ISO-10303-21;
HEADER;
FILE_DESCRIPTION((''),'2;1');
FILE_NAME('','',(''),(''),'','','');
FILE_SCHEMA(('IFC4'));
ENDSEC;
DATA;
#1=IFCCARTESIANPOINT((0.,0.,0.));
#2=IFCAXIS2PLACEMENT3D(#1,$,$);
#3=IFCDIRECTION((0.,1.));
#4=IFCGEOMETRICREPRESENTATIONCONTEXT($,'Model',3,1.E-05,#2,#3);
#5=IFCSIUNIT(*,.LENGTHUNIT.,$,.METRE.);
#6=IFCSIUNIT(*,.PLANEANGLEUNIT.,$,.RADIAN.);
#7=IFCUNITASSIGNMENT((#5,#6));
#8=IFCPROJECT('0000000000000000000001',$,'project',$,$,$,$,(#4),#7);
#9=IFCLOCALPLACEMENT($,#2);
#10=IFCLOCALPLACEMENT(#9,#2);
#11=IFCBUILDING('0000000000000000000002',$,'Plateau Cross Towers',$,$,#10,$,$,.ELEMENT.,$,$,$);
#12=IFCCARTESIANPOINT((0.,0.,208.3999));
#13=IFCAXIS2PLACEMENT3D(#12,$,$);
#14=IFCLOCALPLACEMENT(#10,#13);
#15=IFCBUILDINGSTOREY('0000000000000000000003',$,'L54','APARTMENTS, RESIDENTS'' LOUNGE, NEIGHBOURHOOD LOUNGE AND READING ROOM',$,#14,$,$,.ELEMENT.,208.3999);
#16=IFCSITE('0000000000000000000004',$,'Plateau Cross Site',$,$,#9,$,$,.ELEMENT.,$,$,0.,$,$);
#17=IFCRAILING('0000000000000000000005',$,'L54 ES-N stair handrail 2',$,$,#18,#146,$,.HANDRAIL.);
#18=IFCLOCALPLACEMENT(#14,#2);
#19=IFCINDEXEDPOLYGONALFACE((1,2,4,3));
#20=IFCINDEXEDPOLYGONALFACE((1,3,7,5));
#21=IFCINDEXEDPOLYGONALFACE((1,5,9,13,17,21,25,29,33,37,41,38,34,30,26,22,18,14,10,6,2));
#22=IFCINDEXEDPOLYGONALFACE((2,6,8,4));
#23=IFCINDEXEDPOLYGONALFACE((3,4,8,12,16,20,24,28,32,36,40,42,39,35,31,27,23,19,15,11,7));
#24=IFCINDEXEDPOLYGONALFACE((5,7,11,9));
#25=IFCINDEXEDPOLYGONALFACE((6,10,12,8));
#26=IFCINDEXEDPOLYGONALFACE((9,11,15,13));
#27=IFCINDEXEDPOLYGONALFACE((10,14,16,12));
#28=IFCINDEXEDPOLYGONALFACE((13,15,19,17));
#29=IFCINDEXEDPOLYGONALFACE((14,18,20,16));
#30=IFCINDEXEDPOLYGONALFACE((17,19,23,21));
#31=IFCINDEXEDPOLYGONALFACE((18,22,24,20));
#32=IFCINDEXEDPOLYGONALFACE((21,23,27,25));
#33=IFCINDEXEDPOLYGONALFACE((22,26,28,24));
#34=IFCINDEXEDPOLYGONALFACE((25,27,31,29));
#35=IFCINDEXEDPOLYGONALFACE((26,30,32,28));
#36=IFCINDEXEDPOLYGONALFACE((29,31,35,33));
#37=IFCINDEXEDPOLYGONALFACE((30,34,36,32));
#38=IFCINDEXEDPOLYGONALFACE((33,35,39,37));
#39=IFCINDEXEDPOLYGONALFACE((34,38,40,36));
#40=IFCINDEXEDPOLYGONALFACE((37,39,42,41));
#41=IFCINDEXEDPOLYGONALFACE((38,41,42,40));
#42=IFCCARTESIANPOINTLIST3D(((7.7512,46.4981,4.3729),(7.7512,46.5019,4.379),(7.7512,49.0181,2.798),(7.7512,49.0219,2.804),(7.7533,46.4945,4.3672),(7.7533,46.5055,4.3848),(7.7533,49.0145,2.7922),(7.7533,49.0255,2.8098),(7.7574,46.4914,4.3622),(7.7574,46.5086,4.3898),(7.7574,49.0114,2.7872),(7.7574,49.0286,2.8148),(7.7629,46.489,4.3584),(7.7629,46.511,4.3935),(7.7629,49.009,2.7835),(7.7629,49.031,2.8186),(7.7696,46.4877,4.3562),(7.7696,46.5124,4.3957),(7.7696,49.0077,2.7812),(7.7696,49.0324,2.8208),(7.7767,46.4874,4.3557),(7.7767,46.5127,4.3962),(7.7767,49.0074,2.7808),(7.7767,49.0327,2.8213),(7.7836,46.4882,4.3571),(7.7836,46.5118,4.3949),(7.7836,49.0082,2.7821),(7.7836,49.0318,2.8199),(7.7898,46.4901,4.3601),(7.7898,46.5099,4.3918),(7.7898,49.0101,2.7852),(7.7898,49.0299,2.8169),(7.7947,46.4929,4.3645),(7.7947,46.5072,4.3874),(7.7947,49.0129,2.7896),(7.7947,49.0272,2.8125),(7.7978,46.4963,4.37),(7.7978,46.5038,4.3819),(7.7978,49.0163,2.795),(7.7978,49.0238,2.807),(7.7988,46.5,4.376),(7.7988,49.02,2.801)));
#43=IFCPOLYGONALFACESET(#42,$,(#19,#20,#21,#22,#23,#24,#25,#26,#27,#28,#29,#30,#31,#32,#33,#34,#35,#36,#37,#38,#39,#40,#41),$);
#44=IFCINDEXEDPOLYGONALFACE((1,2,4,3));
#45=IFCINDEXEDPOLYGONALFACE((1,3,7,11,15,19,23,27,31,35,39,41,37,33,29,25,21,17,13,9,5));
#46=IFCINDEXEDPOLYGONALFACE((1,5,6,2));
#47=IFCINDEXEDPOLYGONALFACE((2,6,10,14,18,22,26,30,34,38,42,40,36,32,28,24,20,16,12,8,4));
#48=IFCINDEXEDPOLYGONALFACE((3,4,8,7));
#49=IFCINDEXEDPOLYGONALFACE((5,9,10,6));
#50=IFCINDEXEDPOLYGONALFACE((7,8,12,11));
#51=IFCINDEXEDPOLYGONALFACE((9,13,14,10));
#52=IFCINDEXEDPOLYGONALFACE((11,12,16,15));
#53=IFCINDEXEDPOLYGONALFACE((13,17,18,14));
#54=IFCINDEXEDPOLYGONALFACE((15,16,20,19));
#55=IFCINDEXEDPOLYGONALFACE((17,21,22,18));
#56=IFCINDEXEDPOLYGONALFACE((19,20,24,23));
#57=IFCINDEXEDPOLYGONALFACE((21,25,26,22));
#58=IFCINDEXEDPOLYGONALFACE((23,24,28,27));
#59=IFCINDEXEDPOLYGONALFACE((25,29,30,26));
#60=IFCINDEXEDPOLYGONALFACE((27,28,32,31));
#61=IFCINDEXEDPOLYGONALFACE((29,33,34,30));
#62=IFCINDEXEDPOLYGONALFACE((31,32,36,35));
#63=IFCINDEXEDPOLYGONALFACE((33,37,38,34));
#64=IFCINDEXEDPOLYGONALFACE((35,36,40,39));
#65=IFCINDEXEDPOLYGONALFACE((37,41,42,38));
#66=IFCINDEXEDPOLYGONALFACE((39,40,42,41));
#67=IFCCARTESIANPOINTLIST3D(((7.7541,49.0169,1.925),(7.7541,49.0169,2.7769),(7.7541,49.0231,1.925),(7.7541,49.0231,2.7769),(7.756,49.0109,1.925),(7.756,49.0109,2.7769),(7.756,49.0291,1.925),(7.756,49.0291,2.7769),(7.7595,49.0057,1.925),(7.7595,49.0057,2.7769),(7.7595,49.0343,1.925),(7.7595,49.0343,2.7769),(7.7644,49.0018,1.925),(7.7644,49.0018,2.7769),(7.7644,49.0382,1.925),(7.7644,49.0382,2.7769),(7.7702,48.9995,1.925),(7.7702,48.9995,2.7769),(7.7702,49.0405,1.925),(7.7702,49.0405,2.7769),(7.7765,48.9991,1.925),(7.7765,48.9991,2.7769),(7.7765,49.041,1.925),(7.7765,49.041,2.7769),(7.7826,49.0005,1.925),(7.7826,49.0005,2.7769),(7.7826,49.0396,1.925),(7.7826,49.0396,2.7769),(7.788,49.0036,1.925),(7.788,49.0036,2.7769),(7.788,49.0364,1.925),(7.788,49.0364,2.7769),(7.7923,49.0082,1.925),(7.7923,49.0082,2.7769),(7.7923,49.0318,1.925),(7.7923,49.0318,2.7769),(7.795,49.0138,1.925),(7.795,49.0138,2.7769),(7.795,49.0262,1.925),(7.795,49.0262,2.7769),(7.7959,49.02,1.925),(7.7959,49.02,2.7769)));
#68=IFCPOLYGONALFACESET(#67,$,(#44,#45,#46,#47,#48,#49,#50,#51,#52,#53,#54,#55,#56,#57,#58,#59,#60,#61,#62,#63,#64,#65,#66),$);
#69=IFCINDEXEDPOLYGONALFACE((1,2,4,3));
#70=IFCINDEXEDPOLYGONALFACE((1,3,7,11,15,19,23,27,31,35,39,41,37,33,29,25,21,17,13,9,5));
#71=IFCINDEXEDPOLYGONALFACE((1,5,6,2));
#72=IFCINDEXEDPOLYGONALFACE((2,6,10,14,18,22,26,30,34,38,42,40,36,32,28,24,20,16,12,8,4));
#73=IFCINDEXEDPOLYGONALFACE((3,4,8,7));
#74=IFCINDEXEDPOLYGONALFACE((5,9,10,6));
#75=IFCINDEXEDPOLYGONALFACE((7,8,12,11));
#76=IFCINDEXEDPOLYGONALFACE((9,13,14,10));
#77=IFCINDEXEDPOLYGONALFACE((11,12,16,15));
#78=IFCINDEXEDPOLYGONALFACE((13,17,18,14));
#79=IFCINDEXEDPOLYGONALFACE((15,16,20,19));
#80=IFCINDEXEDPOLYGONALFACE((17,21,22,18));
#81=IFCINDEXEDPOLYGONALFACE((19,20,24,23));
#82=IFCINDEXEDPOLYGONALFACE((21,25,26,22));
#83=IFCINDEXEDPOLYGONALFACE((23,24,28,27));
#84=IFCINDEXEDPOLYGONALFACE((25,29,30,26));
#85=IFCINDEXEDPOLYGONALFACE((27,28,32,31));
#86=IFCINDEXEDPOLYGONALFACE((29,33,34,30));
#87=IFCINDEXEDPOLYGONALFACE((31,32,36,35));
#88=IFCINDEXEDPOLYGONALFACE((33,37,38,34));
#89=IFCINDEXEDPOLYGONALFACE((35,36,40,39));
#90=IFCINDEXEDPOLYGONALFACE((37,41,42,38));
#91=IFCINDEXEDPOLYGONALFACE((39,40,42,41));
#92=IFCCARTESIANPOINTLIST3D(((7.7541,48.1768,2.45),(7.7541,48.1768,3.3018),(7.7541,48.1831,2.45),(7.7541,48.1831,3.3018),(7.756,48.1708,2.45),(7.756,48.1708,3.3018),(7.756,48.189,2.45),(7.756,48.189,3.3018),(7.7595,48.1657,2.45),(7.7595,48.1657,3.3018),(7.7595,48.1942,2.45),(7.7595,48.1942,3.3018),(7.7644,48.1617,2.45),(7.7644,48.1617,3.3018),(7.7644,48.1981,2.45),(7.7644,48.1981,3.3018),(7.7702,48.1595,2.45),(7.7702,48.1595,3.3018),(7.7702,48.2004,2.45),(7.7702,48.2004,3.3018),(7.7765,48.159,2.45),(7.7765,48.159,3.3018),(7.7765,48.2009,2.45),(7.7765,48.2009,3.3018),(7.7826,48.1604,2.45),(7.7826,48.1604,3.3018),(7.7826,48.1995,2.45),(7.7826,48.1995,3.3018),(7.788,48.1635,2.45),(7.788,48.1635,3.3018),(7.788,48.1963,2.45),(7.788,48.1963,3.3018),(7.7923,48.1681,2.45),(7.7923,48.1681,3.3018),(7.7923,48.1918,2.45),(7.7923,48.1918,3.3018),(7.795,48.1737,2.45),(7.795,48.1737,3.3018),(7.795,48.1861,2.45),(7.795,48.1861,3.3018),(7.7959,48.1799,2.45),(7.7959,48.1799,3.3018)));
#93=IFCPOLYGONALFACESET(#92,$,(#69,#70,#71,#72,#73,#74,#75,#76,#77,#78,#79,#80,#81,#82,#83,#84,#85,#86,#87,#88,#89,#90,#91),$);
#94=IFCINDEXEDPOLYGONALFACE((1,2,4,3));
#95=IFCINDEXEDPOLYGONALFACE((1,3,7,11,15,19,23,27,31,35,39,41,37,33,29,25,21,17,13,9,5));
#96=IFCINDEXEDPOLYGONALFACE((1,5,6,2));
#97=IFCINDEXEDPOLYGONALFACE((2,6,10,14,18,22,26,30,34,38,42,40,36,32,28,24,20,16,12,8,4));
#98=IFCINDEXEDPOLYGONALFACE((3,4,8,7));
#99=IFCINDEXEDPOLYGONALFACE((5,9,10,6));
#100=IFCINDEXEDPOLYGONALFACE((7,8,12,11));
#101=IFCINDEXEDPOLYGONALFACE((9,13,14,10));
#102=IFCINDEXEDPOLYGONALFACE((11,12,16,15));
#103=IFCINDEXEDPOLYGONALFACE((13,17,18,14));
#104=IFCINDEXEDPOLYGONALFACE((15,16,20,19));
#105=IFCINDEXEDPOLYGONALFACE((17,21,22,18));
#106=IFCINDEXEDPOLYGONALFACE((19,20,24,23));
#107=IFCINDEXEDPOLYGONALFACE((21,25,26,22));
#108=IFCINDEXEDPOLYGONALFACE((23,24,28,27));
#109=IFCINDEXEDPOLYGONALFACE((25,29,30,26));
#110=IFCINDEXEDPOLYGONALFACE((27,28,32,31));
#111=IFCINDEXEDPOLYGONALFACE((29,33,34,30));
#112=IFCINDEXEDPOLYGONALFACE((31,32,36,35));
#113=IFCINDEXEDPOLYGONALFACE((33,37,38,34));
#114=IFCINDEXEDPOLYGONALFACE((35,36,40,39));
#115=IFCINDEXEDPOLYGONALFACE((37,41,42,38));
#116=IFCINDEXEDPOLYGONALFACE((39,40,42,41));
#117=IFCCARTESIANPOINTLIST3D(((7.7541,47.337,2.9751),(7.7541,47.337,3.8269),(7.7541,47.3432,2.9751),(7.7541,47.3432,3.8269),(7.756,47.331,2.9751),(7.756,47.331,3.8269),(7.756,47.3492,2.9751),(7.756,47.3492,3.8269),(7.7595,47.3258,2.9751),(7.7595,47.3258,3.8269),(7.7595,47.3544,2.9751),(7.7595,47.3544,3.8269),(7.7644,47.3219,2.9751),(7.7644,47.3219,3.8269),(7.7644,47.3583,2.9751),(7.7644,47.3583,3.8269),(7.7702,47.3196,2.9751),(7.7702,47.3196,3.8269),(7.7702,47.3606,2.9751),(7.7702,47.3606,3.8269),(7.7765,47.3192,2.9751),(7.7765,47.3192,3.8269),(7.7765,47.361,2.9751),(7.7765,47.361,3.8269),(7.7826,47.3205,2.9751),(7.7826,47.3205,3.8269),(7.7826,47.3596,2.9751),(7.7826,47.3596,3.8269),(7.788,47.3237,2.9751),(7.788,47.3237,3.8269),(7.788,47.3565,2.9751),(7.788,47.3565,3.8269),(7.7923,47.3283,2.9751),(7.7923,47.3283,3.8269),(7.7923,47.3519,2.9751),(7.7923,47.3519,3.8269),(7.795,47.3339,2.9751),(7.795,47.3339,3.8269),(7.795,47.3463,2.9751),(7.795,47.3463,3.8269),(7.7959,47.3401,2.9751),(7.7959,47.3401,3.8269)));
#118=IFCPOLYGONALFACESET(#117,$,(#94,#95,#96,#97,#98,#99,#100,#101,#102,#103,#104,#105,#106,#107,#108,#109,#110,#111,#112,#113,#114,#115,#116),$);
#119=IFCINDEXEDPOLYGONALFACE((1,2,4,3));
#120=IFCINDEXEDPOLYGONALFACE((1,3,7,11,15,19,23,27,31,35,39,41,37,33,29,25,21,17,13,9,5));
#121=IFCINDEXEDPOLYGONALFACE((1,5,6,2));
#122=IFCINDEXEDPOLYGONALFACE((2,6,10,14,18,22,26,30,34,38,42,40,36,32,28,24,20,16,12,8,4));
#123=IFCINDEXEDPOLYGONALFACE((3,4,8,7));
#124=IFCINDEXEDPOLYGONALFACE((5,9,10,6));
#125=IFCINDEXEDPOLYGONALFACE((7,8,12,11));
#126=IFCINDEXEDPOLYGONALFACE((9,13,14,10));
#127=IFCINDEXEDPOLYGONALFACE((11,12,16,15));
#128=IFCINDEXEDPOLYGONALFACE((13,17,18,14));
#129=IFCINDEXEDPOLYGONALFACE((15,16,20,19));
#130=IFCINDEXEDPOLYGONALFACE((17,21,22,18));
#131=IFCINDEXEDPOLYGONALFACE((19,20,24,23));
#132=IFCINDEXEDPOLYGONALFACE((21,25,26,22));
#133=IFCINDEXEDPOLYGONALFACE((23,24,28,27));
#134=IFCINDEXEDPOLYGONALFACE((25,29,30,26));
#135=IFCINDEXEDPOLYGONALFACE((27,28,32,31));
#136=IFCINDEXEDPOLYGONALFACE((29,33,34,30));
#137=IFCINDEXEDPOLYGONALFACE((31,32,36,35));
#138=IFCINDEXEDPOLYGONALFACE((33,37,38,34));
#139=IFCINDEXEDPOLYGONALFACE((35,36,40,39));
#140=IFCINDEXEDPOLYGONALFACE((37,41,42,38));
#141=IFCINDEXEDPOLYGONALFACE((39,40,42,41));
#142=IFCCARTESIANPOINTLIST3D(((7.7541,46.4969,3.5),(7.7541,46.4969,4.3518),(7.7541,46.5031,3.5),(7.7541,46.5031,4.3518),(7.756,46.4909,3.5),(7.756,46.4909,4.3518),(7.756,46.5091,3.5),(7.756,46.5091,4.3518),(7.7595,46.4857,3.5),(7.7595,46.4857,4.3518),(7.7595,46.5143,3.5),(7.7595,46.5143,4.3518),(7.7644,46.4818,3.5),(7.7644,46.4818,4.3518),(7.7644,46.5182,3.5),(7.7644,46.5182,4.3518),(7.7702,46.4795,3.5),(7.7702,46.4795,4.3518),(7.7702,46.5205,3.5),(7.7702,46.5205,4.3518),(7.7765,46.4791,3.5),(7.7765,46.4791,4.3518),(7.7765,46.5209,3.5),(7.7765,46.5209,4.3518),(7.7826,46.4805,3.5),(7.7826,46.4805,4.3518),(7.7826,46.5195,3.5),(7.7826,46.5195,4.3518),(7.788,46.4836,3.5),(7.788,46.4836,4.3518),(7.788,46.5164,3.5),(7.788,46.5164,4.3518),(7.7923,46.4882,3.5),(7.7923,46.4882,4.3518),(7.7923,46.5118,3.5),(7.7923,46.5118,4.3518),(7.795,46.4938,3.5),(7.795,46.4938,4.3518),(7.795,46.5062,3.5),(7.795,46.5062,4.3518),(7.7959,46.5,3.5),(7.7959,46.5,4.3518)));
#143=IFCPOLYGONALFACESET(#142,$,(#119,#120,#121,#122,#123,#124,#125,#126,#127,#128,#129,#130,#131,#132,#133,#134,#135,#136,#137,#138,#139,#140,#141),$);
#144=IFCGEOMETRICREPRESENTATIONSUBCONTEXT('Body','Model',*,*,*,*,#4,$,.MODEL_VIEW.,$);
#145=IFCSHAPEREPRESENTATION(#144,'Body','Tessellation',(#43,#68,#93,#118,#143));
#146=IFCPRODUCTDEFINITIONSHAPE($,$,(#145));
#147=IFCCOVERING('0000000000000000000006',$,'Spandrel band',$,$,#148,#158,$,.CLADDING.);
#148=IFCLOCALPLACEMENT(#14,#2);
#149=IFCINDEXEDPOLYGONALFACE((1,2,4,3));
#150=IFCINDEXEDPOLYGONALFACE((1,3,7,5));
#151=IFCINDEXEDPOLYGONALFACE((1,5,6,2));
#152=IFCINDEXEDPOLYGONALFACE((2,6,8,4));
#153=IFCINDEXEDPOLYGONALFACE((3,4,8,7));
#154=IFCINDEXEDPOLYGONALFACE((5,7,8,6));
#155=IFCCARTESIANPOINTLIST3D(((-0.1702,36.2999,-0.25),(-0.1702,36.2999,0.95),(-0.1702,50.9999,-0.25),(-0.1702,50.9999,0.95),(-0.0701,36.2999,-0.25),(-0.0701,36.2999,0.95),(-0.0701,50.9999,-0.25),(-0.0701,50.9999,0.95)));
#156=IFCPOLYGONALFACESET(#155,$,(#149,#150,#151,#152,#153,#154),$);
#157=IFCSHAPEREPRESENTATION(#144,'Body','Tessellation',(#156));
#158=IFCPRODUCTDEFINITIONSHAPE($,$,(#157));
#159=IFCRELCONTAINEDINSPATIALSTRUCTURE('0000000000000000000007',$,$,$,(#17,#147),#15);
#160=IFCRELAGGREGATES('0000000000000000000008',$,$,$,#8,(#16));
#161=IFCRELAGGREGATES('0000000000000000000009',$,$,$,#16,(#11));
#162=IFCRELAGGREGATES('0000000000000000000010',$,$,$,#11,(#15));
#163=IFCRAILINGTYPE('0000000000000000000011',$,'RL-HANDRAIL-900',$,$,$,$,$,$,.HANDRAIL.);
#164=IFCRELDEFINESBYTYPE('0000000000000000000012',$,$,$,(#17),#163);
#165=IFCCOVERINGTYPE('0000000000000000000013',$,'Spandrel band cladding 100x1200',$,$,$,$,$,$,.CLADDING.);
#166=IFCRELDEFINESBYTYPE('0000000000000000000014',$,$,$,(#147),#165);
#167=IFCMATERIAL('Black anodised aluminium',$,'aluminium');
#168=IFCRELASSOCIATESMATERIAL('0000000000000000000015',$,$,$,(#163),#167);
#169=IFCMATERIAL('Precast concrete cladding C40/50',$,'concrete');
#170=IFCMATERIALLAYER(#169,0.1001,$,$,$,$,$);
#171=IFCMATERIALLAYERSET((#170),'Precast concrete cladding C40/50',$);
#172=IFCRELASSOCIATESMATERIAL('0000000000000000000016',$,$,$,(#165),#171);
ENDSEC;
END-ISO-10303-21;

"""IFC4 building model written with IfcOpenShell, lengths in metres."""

from ifc_helpers import new_model, si_unit, direction, frame, origin, origin_2d, place, context, subcontext, project, spatial, rectangle, circle, extrude, material, layer, layer_set, type_object, element, save


model = new_model("IFC4")

# Units and contexts
model_context = context("Model", 3, precision=1e-05, world=origin(), true_north=direction((0.0, 1.0)))
body_context = subcontext(model_context, "Body", "Model", "MODEL_VIEW")
ifc_project = project(units=[si_unit("LENGTHUNIT", "METRE"), si_unit("PLANEANGLEUNIT", "RADIAN")], contexts=[model_context])

# Site, building, storey
site_placement = place(None, origin())
site = spatial("IfcSite", under=ifc_project, at=site_placement, Name="Plateau Cross Site", CompositionType="ELEMENT", RefElevation=0.0)
building_placement = place(site_placement, origin())
building = spatial("IfcBuilding", under=site, at=building_placement, Name="Plateau Cross Towers", CompositionType="ELEMENT")
storey_placement = place(building_placement, frame((0.0, 0.0, 208.3999)))
storey = spatial("IfcBuildingStorey", under=building, at=storey_placement, Name="L54", Description="APARTMENTS, RESIDENTS' LOUNGE, NEIGHBOURHOOD LOUNGE AND READING ROOM", CompositionType="ELEMENT", Elevation=208.3999)

# Shared definitions
ifc_material_1 = material(Name="Black anodised aluminium", Category="aluminium")

# Railing
railing_type_1 = type_object("IfcRailingType", Name="RL-HANDRAIL-900", PredefinedType="HANDRAIL", material=ifc_material_1)
railing_1_placement = place(storey_placement, frame((7.7749, 49.02, 1.925)))
element("IfcRailing", 1, at=railing_1_placement, inside=storey, type_object=railing_type_1, Name="L54 ES-N stair handrail 2", PredefinedType="HANDRAIL", context=body_context, shape_type="SweptSolid", body=[
    extrude(circle(Radius=0.0239, at=origin_2d()), frame((0.0, 0.0, 0.876), z_axis=(0.0, -0.848008, 0.529984), x_axis=(1.0, 0.0, 0.0)), (0.0, 0.0, 1.0), 2.9717),
    extrude(circle(Radius=0.021, at=origin_2d()), origin(), (0.0, 0.0, 1.0), 0.8518),
    extrude(circle(Radius=0.021, at=origin_2d()), frame((0.0, -0.8401, 0.5249)), (0.0, 0.0, 1.0), 0.8518),
    extrude(circle(Radius=0.021, at=origin_2d()), frame((0.0, -1.6799, 1.05)), (0.0, 0.0, 1.0), 0.8518),
    extrude(circle(Radius=0.021, at=origin_2d()), frame((0.0, -2.52, 1.575)), (0.0, 0.0, 1.0), 0.8518),
])

# Covering
ifc_material_2 = material(Name="Precast concrete cladding C40/50", Category="concrete")
ifc_layer_1 = layer(ifc_material_2, 0.1001)
ifc_layer_set_1 = layer_set([ifc_layer_1], Name="Precast concrete cladding C40/50")
covering_type = type_object("IfcCoveringType", Name="Spandrel band cladding 100x1200", PredefinedType="CLADDING", material=ifc_layer_set_1)
covering_placement = place(storey_placement, frame((-0.1201, 43.6499, -0.25), z_axis=(0.0, 0.0, 1.0), x_axis=(0.0, -1.0, 0.0)))
element("IfcCovering", 2, at=covering_placement, inside=storey, type_object=covering_type, Name="Spandrel band", PredefinedType="CLADDING", context=body_context, shape_type="SweptSolid", body=[
    extrude(rectangle(XDim=14.7, YDim=0.1001, at=origin_2d()), origin(), (0.0, 0.0, 1.0), 1.2),
])

save(model, "model.ifc")
